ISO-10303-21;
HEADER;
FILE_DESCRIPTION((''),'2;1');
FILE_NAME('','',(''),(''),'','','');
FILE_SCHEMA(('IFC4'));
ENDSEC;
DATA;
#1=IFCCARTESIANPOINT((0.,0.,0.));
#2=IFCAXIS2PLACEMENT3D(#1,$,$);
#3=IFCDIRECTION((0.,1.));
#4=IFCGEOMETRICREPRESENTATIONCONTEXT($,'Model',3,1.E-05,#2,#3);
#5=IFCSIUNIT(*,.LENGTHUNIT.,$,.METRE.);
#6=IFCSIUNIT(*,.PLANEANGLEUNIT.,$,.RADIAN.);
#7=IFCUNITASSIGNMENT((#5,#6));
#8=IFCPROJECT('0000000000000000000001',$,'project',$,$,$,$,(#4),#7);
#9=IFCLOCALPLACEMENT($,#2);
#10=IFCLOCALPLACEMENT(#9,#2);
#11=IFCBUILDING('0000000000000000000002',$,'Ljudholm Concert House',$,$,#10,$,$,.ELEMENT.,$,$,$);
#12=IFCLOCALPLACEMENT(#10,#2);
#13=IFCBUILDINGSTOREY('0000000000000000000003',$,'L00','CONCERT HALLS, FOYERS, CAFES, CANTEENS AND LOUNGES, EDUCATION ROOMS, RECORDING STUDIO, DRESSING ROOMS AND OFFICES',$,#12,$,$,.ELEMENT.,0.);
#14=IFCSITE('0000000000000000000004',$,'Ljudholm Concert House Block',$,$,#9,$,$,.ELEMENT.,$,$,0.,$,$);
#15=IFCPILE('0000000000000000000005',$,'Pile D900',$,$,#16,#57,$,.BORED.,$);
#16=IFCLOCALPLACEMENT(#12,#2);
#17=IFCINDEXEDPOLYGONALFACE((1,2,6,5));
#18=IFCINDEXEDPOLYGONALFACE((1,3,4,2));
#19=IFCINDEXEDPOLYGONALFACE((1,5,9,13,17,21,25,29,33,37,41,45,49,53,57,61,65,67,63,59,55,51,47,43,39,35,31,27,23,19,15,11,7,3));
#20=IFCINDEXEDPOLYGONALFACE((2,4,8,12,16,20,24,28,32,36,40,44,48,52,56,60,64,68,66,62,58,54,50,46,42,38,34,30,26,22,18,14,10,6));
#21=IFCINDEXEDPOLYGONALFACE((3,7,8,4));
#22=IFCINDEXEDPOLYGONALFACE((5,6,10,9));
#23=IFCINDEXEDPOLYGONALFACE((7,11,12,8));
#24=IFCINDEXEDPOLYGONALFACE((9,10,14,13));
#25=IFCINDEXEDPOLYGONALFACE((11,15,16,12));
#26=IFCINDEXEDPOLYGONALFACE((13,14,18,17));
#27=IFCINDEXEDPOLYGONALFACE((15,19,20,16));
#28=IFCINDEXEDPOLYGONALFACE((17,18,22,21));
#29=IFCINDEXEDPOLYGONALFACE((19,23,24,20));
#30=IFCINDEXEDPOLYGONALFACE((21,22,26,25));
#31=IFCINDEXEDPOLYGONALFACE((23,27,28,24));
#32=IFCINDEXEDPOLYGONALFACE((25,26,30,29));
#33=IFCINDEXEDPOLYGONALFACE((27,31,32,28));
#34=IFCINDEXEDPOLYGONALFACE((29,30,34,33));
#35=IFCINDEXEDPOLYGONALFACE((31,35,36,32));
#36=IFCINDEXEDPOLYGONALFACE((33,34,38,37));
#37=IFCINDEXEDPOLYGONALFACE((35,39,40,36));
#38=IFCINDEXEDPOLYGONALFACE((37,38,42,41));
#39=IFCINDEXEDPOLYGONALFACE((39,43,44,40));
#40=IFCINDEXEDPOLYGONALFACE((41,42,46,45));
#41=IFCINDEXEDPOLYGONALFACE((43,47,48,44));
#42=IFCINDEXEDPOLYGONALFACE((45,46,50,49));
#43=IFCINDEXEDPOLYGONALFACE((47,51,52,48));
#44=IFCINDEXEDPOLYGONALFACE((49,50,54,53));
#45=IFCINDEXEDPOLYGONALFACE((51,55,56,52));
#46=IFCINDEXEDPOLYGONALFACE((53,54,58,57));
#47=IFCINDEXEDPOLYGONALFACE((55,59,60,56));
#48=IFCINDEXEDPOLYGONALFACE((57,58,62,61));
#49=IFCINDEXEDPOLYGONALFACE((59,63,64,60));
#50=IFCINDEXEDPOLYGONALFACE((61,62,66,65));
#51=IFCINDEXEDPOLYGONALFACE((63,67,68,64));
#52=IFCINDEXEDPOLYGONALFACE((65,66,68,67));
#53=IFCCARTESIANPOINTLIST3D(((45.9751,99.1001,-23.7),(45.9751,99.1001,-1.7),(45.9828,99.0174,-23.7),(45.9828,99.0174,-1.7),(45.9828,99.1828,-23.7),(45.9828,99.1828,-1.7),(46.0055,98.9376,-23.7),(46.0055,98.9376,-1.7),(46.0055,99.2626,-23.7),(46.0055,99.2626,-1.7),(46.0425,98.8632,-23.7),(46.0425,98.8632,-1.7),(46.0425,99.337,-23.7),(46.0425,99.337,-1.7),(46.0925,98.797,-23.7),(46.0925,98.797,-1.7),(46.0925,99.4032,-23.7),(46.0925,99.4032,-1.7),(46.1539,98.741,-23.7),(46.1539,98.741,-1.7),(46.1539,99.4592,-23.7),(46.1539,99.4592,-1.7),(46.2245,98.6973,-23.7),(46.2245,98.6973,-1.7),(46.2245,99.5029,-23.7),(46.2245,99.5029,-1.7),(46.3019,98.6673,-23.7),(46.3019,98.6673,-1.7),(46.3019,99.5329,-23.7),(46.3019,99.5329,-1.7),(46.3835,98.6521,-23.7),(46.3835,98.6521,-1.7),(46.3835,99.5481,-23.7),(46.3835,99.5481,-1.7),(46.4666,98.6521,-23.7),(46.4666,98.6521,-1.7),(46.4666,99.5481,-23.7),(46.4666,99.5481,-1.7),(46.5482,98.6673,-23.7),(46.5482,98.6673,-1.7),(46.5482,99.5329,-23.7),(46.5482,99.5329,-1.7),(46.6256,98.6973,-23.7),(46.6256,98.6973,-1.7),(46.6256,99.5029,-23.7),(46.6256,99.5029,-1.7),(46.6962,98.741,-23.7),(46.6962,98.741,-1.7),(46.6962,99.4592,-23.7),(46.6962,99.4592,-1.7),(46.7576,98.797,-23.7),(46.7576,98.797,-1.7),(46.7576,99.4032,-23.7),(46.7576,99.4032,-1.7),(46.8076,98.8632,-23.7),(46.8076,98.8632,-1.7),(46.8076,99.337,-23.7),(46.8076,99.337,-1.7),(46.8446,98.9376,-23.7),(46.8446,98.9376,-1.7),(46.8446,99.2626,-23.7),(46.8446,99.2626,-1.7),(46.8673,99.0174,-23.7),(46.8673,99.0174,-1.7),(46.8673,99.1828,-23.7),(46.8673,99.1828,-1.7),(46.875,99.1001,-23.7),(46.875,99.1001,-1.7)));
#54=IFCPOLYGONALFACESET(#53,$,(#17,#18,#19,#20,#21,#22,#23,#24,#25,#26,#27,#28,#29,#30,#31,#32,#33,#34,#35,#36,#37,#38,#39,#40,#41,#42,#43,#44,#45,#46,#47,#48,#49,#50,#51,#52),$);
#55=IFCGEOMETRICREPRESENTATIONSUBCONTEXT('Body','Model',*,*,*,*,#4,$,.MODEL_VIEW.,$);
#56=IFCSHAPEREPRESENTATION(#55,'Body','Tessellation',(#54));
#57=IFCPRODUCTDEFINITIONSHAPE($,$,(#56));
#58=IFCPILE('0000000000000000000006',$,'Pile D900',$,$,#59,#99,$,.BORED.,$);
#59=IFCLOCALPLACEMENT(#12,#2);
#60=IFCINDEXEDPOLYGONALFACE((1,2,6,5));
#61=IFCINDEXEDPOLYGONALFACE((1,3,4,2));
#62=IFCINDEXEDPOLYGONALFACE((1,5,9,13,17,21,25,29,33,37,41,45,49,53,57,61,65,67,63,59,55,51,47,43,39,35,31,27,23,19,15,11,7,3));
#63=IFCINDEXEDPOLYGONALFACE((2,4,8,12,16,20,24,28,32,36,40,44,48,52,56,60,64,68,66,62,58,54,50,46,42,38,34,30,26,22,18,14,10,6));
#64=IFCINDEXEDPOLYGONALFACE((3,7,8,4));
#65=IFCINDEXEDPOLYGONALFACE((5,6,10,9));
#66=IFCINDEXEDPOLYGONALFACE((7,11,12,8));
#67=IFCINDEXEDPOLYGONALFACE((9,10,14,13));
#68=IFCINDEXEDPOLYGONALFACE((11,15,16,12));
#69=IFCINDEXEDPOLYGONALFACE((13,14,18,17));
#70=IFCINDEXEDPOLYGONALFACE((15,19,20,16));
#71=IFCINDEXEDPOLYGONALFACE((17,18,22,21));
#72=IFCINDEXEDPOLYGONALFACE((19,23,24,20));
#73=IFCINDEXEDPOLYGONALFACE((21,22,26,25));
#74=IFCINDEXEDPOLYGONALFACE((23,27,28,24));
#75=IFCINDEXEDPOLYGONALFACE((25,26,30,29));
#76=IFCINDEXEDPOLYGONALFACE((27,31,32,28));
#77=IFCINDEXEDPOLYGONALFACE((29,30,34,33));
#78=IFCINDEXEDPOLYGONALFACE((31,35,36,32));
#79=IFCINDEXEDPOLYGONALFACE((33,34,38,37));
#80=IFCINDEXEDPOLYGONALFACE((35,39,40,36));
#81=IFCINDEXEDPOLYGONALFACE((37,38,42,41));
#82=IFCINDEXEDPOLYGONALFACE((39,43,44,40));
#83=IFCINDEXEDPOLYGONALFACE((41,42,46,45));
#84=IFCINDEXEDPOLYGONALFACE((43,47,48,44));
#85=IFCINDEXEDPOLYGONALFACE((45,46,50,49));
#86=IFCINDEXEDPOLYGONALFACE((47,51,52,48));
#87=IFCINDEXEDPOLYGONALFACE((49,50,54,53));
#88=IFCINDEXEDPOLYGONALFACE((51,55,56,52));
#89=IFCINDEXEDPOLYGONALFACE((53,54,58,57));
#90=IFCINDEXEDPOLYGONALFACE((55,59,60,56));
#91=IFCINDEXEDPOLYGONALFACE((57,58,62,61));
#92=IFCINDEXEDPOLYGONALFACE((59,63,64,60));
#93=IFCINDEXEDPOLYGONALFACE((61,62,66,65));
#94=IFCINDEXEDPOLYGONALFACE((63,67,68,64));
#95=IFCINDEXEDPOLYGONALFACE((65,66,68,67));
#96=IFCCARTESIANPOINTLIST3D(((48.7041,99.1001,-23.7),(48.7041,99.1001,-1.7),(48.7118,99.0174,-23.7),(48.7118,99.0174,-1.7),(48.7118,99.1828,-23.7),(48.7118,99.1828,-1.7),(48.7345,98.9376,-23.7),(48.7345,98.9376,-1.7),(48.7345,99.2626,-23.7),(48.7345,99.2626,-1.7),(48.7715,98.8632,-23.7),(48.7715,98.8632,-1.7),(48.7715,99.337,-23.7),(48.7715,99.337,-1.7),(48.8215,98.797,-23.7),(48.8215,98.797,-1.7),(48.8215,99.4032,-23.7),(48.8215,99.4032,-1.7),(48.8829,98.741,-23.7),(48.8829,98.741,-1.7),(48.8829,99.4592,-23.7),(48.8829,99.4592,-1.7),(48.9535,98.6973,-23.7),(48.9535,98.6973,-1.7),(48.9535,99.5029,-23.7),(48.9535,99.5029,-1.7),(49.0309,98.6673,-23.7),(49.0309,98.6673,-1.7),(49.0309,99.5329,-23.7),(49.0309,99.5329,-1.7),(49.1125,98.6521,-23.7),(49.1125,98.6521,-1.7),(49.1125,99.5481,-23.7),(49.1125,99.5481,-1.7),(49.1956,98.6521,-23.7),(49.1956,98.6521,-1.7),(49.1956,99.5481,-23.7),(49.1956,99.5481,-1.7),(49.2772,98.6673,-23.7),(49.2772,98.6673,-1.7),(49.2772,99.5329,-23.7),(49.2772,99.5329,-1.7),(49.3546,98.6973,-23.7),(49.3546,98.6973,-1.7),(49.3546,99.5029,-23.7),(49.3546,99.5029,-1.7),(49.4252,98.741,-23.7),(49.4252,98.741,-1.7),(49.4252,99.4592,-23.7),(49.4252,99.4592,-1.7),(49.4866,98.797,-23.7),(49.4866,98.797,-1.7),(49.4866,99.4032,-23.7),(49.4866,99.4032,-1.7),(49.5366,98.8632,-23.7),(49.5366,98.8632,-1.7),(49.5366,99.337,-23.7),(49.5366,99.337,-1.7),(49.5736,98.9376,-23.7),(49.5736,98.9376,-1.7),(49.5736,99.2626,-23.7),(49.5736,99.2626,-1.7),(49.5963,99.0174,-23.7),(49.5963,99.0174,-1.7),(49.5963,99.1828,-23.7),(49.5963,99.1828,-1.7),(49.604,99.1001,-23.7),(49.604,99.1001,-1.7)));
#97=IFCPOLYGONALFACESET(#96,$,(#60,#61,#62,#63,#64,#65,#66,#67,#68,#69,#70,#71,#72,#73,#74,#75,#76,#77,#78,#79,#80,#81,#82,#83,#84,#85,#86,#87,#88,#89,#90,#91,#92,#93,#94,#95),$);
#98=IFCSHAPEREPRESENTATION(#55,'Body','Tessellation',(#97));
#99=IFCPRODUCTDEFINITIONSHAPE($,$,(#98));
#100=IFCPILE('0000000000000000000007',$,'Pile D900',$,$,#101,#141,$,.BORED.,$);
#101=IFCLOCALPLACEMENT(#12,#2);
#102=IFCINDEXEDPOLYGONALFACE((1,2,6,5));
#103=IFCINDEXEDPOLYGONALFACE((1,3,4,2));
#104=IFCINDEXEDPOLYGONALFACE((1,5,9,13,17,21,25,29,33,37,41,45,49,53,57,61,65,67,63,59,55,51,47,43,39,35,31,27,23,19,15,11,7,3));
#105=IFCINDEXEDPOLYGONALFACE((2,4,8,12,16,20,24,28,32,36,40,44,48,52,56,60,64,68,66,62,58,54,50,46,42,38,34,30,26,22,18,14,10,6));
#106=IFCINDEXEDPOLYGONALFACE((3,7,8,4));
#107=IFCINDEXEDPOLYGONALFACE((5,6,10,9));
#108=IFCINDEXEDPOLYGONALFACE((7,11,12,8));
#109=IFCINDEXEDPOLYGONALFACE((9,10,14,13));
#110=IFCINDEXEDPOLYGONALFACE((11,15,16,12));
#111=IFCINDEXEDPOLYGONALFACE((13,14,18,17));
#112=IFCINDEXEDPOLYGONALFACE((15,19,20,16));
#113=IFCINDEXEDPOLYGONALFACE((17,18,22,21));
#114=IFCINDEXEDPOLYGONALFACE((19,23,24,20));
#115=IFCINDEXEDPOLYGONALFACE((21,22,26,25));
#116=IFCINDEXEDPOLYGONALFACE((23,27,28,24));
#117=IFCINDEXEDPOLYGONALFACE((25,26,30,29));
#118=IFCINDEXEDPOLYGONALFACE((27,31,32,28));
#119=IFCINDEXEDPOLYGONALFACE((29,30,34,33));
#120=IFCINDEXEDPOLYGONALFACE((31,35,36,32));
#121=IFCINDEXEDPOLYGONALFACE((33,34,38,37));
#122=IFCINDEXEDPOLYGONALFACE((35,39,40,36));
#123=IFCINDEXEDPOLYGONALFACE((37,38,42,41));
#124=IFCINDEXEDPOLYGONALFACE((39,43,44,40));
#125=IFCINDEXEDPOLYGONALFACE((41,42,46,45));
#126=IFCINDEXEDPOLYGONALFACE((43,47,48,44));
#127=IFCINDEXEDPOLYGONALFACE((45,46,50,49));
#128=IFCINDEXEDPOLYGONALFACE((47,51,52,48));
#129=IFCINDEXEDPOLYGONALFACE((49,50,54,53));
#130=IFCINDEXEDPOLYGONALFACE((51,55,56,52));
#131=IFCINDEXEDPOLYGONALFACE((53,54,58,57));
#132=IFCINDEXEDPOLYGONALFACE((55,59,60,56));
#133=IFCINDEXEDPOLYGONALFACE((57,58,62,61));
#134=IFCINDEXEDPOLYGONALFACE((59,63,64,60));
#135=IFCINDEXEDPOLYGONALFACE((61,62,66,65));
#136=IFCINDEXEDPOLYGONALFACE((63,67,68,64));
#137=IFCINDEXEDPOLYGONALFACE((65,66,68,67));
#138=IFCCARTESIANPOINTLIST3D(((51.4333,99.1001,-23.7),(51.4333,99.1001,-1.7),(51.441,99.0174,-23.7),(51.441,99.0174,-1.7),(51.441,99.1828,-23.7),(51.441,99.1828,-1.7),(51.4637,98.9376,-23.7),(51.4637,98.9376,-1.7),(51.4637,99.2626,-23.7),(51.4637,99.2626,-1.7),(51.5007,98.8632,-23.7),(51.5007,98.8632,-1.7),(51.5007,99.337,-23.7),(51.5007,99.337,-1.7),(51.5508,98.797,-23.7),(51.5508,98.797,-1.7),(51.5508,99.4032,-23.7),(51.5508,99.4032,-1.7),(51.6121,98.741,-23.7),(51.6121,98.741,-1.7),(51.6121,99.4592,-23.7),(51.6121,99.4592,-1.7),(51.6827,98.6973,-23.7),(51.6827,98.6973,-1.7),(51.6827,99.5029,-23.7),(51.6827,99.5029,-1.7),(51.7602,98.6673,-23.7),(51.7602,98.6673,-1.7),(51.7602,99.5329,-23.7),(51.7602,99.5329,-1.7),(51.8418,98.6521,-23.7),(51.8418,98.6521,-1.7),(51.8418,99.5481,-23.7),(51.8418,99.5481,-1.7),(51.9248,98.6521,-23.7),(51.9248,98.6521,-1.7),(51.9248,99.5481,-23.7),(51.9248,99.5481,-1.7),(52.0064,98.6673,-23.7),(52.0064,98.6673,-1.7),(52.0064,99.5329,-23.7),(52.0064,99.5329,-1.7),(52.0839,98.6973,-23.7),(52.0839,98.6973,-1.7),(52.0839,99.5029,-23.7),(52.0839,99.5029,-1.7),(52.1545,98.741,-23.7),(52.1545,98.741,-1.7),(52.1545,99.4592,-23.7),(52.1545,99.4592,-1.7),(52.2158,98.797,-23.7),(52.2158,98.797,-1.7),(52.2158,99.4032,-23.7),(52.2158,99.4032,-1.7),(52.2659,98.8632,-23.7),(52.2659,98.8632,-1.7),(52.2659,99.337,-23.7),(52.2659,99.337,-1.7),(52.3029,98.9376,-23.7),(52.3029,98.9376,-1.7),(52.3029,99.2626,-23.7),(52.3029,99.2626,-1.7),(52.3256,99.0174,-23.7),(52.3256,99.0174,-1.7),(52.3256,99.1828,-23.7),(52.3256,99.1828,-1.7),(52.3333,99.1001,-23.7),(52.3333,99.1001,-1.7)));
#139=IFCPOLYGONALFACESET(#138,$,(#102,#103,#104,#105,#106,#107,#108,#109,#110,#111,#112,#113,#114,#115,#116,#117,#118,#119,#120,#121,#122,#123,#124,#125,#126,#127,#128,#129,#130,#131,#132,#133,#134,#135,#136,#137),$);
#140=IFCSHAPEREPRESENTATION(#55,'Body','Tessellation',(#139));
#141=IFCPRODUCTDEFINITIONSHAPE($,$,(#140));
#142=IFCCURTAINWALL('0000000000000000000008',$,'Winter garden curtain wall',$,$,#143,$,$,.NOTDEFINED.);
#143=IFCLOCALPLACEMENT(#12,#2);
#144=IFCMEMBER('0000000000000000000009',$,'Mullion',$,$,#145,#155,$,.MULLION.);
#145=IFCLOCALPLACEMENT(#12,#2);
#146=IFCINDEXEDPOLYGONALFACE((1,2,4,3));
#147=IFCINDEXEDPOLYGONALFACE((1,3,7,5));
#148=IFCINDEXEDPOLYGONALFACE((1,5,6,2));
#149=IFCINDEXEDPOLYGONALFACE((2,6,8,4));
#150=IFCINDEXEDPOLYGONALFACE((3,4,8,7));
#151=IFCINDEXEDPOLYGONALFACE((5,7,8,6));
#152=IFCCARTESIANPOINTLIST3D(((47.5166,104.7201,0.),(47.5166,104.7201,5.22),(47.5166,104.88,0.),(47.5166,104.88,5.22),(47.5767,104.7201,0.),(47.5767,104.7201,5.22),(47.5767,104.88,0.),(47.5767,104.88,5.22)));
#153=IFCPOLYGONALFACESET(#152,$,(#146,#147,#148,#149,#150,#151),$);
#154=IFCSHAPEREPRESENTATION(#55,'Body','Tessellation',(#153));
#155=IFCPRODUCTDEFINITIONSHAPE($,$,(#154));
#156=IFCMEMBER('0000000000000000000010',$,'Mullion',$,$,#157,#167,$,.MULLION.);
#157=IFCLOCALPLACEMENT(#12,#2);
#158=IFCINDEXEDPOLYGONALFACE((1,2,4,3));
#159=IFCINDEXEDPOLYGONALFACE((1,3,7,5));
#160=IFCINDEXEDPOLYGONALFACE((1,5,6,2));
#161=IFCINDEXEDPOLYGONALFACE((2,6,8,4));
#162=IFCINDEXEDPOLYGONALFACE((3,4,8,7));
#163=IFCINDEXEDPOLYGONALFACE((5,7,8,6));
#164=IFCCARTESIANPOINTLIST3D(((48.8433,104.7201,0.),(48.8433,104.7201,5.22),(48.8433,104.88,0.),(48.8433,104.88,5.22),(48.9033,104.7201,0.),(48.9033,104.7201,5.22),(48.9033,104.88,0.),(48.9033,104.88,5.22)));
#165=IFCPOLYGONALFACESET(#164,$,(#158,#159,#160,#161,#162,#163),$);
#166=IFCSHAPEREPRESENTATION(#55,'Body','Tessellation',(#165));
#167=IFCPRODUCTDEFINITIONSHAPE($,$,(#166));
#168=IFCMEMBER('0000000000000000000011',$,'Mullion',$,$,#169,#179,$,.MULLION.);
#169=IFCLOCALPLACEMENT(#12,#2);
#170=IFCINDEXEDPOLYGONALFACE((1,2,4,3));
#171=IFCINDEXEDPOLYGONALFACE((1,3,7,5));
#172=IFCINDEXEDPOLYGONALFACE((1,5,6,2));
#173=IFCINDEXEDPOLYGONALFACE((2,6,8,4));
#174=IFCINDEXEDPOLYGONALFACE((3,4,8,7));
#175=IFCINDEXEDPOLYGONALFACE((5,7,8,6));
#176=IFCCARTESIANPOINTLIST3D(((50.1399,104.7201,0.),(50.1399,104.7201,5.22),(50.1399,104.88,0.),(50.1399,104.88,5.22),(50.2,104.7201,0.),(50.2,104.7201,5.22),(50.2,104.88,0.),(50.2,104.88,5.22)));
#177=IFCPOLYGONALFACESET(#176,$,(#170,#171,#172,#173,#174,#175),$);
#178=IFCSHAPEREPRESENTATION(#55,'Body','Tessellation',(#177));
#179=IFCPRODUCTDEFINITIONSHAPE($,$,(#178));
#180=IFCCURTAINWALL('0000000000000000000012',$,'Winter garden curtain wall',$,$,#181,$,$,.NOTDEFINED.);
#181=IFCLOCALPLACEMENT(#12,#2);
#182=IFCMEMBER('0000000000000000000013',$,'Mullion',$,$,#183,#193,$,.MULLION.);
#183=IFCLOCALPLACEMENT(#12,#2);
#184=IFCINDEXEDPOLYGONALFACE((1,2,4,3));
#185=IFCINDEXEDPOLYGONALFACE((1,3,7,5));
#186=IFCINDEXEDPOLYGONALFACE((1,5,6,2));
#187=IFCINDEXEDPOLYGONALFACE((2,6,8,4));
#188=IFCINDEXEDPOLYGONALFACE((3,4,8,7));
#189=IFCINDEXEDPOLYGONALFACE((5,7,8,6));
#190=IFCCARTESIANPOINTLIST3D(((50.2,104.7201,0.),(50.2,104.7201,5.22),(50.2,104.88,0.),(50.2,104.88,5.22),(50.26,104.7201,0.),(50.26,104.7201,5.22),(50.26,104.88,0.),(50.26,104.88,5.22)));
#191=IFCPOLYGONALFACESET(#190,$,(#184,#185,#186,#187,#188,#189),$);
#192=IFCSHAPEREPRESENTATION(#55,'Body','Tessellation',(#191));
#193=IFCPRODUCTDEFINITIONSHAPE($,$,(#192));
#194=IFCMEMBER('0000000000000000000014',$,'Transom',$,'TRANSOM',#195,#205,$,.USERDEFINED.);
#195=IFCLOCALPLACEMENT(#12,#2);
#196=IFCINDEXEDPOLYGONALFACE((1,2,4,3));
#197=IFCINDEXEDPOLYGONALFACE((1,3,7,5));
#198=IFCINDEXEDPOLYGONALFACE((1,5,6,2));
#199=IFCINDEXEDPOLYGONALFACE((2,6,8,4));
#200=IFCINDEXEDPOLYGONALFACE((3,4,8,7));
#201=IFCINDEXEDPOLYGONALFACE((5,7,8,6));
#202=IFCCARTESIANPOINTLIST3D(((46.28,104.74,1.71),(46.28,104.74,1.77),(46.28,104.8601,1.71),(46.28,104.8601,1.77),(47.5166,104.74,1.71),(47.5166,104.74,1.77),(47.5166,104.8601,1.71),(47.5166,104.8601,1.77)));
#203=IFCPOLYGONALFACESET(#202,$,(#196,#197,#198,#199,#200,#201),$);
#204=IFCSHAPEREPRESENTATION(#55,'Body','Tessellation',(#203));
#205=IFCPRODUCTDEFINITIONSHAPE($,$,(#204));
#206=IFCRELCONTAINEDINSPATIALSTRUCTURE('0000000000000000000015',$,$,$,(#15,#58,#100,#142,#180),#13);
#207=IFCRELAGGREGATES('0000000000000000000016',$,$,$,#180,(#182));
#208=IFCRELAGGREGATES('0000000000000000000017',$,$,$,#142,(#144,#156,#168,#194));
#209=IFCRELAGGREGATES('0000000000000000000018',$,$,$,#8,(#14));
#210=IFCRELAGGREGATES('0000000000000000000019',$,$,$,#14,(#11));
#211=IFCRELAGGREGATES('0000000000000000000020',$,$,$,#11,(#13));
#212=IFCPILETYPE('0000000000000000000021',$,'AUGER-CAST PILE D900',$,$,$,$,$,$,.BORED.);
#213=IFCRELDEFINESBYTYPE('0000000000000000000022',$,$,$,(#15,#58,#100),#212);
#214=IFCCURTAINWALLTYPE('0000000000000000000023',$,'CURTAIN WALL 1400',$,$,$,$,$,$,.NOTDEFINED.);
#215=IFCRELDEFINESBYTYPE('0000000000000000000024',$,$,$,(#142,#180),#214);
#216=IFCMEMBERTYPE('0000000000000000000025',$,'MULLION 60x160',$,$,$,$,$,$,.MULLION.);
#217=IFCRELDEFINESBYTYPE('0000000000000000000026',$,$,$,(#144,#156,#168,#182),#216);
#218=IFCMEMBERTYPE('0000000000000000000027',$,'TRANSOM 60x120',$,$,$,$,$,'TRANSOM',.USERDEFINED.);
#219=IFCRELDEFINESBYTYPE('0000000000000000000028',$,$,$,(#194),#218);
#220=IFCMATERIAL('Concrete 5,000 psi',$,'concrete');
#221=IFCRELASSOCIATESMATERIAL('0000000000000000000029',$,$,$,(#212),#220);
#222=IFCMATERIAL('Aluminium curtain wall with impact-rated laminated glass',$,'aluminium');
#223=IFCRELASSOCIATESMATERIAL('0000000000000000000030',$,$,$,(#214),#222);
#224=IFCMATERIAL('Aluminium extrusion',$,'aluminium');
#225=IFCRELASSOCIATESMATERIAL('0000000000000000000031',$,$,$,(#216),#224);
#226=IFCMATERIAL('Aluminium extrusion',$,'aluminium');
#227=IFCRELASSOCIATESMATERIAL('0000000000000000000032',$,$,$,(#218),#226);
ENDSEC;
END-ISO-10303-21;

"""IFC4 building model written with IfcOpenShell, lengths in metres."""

from ifc_helpers import new_model, si_unit, direction, frame, origin, origin_2d, place, context, subcontext, project, spatial, rectangle, circle, extrude, material, material_profile, profile_set, type_object, element, aggregate, save


model = new_model("IFC4")

# Units and contexts
model_context = context("Model", 3, precision=1e-05, world=origin(), true_north=direction((0.0, 1.0)))
body_context = subcontext(model_context, "Body", "Model", "MODEL_VIEW")
ifc_project = project(units=[si_unit("LENGTHUNIT", "METRE"), si_unit("PLANEANGLEUNIT", "RADIAN")], contexts=[model_context])

# Site, building, storey
site_placement = place(None, origin())
site = spatial("IfcSite", under=ifc_project, at=site_placement, Name="Ljudholm Concert House Block", CompositionType="ELEMENT", RefElevation=0.0)
building_placement = place(site_placement, origin())
building = spatial("IfcBuilding", under=site, at=building_placement, Name="Ljudholm Concert House", CompositionType="ELEMENT")
storey_placement = place(building_placement, origin())
storey = spatial("IfcBuildingStorey", under=building, at=storey_placement, Name="L00", Description="CONCERT HALLS, FOYERS, CAFES, CANTEENS AND LOUNGES, EDUCATION ROOMS, RECORDING STUDIO, DRESSING ROOMS AND OFFICES", CompositionType="ELEMENT", Elevation=0.0)

# Piles
ifc_material_1 = material(Name="Concrete 5,000 psi", Category="concrete")
ifc_material_profile_1 = material_profile(ifc_material_1, circle(Radius=0.45, at=origin_2d()), Name="AUGER-CAST PILE D900")
ifc_profile_set_1 = profile_set([ifc_material_profile_1], Name="Concrete 5,000 psi")
pile_type = type_object("IfcPileType", Name="AUGER-CAST PILE D900", PredefinedType="BORED", material=ifc_profile_set_1)
for number, where, z_axis, x_axis, name in (
    (1, (46.425, 99.1001, -1.7), (0.0, 0.0, -1.0), (1.0, 0.0, 0.0), "Pile D900"),
    (2, (49.1541, 99.1001, -1.7), (0.0, 0.0, -1.0), (1.0, 0.0, 0.0), "Pile D900"),
    (3, (51.8833, 99.1001, -1.7), (0.0, 0.0, -1.0), (1.0, 0.0, 0.0), "Pile D900"),
):
    element("IfcPile", number, at=place(storey_placement, frame(where, z_axis=z_axis, x_axis=x_axis)), inside=storey, type_object=pile_type, Name=name, PredefinedType="BORED", context=body_context, shape_type="SweptSolid", body=[
        extrude(circle(Radius=0.45, at=origin_2d()), origin(), (0.0, 0.0, 1.0), 22.0),
    ])

# Curtain wall, members
ifc_material_2 = material(Name="Aluminium curtain wall with impact-rated laminated glass", Category="aluminium")
curtain_wall_type = type_object("IfcCurtainWallType", Name="CURTAIN WALL 1400", PredefinedType="NOTDEFINED", material=ifc_material_2)
curtain_wall_1_placement = place(storey_placement, origin())
curtain_wall_1 = element("IfcCurtainWall", 4, at=curtain_wall_1_placement, inside=storey, type_object=curtain_wall_type, Name="Winter garden curtain wall", PredefinedType="NOTDEFINED")
ifc_material_3 = material(Name="Aluminium extrusion", Category="aluminium")
ifc_material_profile_2 = material_profile(ifc_material_3, rectangle(XDim=0.1599, YDim=0.0601, at=origin_2d()), Name="MULLION 60x160")
ifc_profile_set_2 = profile_set([ifc_material_profile_2], Name="Aluminium extrusion")
member_type_1 = type_object("IfcMemberType", Name="MULLION 60x160", PredefinedType="MULLION", material=ifc_profile_set_2)
member_1_placement = place(storey_placement, frame((47.5466, 104.8, 0.0), z_axis=(0.0, 0.0, 1.0), x_axis=(0.0, 1.0, 0.0)))
member_1 = element("IfcMember", 5, at=member_1_placement, type_object=member_type_1, Name="Mullion", PredefinedType="MULLION", context=body_context, shape_type="SweptSolid", body=[
    extrude(rectangle(XDim=0.1599, YDim=0.0601, at=origin_2d()), origin(), (0.0, 0.0, 1.0), 5.22),
])
member_2_placement = place(storey_placement, frame((48.8733, 104.8, 0.0), z_axis=(0.0, 0.0, 1.0), x_axis=(0.0, 1.0, 0.0)))
member_2 = element("IfcMember", 6, at=member_2_placement, type_object=member_type_1, Name="Mullion", PredefinedType="MULLION", context=body_context, shape_type="SweptSolid", body=[
    extrude(rectangle(XDim=0.1599, YDim=0.0601, at=origin_2d()), origin(), (0.0, 0.0, 1.0), 5.22),
])
member_3_placement = place(storey_placement, frame((50.1699, 104.8, 0.0), z_axis=(0.0, 0.0, 1.0), x_axis=(0.0, 1.0, 0.0)))
member_3 = element("IfcMember", 7, at=member_3_placement, type_object=member_type_1, Name="Mullion", PredefinedType="MULLION", context=body_context, shape_type="SweptSolid", body=[
    extrude(rectangle(XDim=0.1599, YDim=0.0601, at=origin_2d()), origin(), (0.0, 0.0, 1.0), 5.22),
])

# Curtain wall, member
curtain_wall_2_placement = place(storey_placement, origin())
curtain_wall_2 = element("IfcCurtainWall", 8, at=curtain_wall_2_placement, inside=storey, type_object=curtain_wall_type, Name="Winter garden curtain wall", PredefinedType="NOTDEFINED")
member_4_placement = place(storey_placement, frame((50.23, 104.8, 0.0), z_axis=(0.0, 0.0, 1.0), x_axis=(0.0, 1.0, 0.0)))
member_4 = element("IfcMember", 9, at=member_4_placement, type_object=member_type_1, Name="Mullion", PredefinedType="MULLION", context=body_context, shape_type="SweptSolid", body=[
    extrude(rectangle(XDim=0.1599, YDim=0.0601, at=origin_2d()), origin(), (0.0, 0.0, 1.0), 5.22),
])

# Member
ifc_material_4 = material(Name="Aluminium extrusion", Category="aluminium")
ifc_material_profile_3 = material_profile(ifc_material_4, rectangle(XDim=0.1201, YDim=0.0601, at=origin_2d()), Name="TRANSOM 60x120")
ifc_profile_set_3 = profile_set([ifc_material_profile_3], Name="Aluminium extrusion")
member_type_2 = type_object("IfcMemberType", Name="TRANSOM 60x120", ElementType="TRANSOM", PredefinedType="USERDEFINED", material=ifc_profile_set_3)
member_5_placement = place(storey_placement, frame((46.28, 104.8, 1.74), z_axis=(1.0, 0.0, 0.0), x_axis=(0.0, 1.0, 0.0)))
member_5 = element("IfcMember", 10, at=member_5_placement, type_object=member_type_2, Name="Transom", ObjectType="TRANSOM", PredefinedType="USERDEFINED", context=body_context, shape_type="SweptSolid", body=[
    extrude(rectangle(XDim=0.1201, YDim=0.0601, at=origin_2d()), origin(), (0.0, 0.0, 1.0), 1.2366),
])
aggregate(curtain_wall_2, [member_4])

aggregate(curtain_wall_1, [member_1, member_2, member_3, member_5])

save(model, "model.ifc")
